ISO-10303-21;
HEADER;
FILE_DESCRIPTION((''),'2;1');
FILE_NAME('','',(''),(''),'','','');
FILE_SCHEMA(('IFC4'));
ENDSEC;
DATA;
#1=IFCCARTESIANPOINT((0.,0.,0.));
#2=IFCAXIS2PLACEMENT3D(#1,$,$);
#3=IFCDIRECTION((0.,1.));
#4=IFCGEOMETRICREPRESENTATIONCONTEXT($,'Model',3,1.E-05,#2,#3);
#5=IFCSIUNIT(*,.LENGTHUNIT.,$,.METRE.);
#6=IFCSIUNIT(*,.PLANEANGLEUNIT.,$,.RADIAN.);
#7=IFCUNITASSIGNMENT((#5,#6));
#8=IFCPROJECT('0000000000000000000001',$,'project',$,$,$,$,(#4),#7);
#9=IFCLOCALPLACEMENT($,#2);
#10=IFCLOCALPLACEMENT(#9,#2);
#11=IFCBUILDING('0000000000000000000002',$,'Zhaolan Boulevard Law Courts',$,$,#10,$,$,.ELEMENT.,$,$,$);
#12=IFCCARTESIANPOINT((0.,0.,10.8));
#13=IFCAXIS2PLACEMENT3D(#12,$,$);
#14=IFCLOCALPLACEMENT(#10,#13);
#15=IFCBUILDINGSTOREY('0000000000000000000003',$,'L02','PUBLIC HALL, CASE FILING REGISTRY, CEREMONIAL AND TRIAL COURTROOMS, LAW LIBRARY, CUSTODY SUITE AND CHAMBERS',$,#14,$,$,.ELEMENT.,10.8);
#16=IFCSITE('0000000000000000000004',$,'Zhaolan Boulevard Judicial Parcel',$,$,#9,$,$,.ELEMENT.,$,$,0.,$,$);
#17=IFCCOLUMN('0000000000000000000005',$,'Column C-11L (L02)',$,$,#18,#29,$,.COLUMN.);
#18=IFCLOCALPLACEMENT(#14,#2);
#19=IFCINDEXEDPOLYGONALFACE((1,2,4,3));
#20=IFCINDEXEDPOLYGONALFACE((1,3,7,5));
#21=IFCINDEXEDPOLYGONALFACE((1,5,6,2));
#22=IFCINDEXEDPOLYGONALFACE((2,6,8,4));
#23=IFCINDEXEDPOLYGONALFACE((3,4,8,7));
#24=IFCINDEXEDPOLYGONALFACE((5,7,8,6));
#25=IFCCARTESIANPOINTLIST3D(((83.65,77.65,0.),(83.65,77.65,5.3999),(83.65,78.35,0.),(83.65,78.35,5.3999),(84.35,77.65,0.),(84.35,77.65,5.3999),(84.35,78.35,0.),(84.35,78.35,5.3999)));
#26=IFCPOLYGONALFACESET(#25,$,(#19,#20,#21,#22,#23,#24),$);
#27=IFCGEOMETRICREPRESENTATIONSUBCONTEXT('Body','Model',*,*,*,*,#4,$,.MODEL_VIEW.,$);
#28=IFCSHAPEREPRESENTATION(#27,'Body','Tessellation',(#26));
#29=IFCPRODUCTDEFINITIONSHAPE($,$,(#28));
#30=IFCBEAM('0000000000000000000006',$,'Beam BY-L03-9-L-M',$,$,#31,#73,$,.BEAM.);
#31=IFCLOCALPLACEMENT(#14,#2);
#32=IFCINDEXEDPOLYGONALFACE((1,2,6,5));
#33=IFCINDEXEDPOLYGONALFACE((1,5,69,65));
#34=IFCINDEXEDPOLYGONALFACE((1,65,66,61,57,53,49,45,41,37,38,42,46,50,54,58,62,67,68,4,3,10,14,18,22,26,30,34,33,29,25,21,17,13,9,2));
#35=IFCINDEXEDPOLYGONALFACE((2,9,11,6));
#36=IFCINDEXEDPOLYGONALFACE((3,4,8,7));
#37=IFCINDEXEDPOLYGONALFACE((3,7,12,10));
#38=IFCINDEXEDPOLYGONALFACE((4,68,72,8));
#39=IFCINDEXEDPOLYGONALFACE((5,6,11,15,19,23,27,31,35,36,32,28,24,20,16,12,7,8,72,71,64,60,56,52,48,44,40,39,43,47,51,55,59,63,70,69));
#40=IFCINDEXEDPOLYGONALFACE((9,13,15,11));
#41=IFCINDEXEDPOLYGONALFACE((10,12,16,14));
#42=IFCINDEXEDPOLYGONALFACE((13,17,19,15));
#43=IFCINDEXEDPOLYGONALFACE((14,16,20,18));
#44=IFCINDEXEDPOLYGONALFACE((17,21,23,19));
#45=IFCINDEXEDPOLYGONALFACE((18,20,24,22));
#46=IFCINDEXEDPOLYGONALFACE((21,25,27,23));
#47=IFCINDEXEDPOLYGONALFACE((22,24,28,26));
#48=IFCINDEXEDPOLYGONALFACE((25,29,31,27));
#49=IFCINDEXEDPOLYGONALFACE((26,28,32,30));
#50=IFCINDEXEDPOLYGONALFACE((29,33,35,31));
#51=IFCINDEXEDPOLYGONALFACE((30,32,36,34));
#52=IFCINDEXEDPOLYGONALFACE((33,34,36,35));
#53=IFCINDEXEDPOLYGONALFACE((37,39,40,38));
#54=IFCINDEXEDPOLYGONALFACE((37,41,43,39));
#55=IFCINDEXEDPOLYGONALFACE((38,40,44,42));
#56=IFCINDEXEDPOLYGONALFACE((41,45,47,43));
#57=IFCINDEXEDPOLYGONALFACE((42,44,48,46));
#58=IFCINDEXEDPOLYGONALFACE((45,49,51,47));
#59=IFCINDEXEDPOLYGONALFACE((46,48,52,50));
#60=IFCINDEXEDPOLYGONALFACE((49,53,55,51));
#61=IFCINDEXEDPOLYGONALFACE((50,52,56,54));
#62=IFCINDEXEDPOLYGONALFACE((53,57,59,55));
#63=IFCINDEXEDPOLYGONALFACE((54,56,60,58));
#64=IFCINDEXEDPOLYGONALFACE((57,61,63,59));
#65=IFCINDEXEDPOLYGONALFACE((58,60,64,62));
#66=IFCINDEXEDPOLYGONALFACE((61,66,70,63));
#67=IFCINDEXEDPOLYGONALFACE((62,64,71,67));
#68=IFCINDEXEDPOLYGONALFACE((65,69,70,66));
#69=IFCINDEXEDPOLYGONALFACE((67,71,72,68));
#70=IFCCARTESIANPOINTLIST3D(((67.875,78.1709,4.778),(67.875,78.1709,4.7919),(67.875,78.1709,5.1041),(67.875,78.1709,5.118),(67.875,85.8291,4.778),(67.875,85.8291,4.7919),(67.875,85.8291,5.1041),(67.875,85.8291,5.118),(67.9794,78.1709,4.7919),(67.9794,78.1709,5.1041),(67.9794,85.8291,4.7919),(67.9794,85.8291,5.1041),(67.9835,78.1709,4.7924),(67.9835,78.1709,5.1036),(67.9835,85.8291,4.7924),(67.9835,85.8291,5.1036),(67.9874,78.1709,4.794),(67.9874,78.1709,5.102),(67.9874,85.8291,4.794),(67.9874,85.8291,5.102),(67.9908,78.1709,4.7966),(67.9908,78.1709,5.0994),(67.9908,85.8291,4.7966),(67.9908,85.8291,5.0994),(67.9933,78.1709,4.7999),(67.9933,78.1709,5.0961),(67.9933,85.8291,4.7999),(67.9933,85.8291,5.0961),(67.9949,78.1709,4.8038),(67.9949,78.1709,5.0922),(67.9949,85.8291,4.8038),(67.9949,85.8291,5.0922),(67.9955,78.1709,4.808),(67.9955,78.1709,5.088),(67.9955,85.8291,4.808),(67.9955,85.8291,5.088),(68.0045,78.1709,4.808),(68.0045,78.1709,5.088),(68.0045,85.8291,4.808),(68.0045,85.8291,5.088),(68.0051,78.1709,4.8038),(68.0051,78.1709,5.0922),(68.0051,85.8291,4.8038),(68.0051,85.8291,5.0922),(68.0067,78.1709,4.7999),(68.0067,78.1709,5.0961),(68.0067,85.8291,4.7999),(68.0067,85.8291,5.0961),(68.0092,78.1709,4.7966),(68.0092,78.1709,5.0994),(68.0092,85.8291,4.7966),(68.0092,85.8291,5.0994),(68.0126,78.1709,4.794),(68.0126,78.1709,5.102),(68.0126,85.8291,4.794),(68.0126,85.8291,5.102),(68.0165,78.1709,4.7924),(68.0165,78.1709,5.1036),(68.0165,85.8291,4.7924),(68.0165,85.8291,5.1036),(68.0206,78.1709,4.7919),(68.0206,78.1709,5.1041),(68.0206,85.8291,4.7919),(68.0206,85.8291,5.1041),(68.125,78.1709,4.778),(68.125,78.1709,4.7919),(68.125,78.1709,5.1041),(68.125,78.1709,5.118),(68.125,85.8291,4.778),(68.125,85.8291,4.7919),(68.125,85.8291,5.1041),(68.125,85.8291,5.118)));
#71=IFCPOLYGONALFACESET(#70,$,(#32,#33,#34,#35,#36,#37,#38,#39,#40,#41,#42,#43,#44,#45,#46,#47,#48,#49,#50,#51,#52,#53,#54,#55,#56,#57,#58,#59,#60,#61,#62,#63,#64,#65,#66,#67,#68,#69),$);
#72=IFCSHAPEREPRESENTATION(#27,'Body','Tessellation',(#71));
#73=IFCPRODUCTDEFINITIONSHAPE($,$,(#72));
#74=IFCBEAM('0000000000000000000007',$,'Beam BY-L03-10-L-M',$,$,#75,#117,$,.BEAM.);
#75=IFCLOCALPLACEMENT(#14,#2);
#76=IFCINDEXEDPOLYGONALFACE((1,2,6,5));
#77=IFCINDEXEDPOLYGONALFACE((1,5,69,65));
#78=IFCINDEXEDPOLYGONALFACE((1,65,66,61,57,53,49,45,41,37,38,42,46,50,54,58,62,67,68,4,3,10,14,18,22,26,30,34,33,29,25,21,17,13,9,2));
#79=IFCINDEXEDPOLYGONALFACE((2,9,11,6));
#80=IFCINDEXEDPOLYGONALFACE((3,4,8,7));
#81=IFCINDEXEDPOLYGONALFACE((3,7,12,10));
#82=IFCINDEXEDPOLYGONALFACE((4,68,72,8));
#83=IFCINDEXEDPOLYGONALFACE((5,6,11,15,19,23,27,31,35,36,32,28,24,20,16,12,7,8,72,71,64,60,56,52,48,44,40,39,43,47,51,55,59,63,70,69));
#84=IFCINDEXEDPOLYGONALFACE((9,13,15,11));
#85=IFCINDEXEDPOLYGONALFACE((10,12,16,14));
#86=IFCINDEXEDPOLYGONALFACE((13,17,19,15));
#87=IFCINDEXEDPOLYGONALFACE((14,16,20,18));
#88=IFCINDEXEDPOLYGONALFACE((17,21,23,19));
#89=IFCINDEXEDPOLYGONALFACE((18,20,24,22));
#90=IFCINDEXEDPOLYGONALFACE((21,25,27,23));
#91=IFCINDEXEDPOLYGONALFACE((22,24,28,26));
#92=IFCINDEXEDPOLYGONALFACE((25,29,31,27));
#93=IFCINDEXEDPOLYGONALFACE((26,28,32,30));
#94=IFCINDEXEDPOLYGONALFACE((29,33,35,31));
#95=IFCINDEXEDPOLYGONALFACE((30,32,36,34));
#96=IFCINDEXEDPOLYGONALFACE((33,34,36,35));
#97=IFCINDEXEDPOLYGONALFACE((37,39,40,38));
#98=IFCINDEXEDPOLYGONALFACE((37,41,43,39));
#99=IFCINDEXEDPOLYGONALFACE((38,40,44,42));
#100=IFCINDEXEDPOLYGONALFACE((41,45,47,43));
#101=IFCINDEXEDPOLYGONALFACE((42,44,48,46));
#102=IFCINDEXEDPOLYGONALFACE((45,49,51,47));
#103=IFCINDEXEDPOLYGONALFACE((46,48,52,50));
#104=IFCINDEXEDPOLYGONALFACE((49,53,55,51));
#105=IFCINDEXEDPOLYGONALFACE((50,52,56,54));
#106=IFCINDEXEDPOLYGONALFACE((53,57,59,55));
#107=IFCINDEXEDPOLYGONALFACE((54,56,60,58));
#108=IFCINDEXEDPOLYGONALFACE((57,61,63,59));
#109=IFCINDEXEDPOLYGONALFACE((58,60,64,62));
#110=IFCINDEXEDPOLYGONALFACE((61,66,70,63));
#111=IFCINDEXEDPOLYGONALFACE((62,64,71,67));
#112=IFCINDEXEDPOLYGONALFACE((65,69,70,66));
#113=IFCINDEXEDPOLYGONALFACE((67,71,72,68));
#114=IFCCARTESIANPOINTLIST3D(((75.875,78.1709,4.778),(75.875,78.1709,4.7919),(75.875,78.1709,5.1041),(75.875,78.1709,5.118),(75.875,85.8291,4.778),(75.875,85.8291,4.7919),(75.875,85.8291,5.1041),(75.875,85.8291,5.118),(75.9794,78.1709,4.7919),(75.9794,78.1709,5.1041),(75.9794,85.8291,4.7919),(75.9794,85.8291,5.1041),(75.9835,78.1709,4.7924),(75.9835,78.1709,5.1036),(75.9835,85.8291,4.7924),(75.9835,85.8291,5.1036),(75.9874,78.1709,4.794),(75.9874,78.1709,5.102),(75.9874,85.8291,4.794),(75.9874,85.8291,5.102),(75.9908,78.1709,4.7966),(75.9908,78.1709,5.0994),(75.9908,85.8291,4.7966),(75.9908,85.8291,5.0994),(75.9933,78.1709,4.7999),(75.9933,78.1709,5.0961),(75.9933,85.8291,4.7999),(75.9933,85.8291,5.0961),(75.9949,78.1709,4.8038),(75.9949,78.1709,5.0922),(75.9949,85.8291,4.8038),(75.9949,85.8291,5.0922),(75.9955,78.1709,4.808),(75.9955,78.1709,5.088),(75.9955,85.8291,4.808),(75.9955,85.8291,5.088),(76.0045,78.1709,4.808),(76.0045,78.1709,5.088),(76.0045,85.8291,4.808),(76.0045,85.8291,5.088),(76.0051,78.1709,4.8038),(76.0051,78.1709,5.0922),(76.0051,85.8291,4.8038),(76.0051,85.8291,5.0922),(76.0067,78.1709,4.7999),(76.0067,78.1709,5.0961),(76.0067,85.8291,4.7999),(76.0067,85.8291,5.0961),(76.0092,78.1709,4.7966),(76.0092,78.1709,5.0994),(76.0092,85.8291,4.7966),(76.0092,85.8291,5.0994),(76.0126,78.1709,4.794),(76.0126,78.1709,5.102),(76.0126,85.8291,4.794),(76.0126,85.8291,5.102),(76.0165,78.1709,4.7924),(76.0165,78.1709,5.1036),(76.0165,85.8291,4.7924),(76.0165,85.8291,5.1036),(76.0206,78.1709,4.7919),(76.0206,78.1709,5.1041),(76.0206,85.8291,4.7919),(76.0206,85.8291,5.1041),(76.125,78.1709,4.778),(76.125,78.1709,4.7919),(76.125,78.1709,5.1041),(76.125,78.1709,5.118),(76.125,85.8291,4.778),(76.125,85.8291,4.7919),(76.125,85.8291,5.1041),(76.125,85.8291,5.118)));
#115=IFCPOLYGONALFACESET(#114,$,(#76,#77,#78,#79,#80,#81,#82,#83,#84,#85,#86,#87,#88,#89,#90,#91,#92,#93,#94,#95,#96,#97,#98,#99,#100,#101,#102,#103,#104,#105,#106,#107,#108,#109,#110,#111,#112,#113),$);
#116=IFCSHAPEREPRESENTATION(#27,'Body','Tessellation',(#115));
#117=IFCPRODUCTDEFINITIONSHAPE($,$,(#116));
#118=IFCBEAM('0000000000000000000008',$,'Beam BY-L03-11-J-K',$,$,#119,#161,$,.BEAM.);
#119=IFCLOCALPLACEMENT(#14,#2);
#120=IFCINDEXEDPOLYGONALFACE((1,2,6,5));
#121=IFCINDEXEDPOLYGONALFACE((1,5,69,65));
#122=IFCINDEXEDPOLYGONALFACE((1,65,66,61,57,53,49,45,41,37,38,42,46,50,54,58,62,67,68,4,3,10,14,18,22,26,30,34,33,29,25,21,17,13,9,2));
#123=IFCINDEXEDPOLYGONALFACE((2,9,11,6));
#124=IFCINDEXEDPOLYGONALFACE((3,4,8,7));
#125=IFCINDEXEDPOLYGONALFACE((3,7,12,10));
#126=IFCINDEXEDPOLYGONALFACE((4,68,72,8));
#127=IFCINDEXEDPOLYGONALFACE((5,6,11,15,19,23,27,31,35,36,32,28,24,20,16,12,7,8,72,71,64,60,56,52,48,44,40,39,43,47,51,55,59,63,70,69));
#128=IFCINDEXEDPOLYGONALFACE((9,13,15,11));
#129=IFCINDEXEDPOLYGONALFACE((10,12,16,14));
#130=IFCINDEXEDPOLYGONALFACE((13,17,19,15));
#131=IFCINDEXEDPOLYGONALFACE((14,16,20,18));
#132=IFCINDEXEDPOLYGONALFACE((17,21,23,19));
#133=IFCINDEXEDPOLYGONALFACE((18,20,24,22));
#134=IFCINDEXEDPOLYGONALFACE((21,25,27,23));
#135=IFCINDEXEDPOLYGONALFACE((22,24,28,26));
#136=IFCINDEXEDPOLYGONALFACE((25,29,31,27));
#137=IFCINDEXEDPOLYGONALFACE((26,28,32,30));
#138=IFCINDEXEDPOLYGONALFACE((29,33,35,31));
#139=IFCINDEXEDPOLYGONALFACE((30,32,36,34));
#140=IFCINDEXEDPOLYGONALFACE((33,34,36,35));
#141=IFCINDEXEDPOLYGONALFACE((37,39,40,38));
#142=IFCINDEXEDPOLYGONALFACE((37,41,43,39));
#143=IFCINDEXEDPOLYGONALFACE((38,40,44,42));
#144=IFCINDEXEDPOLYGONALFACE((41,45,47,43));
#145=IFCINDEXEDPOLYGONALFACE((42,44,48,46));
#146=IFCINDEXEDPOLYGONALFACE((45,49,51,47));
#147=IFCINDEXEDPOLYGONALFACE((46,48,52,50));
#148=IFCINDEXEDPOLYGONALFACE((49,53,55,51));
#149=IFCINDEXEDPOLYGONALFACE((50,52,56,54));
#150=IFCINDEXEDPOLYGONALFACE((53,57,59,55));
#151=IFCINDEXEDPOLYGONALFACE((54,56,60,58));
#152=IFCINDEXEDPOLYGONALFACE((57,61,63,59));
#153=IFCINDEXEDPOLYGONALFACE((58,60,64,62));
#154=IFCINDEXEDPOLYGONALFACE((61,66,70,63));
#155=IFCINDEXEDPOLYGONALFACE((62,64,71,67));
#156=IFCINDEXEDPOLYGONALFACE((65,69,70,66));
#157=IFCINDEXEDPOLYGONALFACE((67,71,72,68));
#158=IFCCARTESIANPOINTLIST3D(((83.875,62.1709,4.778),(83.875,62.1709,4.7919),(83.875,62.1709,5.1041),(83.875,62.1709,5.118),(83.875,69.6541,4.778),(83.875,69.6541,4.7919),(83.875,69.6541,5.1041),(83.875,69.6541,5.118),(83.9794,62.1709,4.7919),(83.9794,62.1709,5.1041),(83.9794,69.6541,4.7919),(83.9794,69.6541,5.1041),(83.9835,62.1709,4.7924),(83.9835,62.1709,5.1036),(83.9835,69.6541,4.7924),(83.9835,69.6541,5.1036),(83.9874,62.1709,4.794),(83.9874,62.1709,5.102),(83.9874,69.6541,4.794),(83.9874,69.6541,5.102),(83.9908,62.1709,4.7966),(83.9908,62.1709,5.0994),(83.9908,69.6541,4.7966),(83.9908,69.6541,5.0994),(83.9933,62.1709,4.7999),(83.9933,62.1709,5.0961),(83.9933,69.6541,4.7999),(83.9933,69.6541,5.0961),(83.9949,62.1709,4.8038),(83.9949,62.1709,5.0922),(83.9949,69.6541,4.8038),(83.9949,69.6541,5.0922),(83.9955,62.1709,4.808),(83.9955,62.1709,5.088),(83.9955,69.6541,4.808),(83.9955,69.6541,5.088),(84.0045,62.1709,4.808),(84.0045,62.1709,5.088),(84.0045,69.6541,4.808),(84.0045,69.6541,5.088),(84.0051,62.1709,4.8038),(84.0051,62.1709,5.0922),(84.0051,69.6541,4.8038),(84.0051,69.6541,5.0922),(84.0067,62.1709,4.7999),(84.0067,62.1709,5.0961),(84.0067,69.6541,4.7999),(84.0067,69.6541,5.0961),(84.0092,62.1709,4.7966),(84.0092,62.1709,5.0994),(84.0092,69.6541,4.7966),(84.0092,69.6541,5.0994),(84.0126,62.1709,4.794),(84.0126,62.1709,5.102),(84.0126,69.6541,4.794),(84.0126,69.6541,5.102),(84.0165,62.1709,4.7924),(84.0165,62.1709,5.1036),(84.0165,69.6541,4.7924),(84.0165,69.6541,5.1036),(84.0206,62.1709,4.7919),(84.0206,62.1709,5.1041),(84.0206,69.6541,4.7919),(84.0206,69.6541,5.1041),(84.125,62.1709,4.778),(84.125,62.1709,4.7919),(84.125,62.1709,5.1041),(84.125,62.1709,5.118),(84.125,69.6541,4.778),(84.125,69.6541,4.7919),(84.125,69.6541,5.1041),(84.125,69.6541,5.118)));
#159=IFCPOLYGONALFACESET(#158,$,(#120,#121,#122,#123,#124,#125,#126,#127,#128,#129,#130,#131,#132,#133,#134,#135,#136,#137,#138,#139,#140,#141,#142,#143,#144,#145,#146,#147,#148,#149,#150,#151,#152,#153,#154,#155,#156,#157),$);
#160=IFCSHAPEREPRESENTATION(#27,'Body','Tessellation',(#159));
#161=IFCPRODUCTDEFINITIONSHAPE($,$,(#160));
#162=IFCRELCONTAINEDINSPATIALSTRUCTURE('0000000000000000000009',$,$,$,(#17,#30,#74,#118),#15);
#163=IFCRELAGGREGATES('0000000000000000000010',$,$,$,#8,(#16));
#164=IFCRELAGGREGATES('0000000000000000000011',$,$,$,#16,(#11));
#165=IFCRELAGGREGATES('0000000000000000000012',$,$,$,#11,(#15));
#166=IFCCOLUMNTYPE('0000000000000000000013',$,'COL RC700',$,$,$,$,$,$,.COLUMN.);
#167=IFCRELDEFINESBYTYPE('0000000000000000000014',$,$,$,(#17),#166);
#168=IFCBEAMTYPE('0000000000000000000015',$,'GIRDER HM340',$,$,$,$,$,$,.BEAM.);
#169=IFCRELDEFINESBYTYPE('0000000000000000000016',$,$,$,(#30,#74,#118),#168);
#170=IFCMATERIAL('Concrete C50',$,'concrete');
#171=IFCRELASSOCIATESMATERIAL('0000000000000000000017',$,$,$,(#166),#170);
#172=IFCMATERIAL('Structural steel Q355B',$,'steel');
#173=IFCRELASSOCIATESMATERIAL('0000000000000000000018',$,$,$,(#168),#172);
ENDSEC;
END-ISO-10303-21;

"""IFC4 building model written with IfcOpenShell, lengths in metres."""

from ifc_helpers import new_model, si_unit, direction, frame, origin, origin_2d, place, context, subcontext, project, spatial, rectangle, i_section, extrude, material, material_profile, profile_set, type_object, element, save


model = new_model("IFC4")

# Units and contexts
model_context = context("Model", 3, precision=1e-05, world=origin(), true_north=direction((0.0, 1.0)))
body_context = subcontext(model_context, "Body", "Model", "MODEL_VIEW")
ifc_project = project(units=[si_unit("LENGTHUNIT", "METRE"), si_unit("PLANEANGLEUNIT", "RADIAN")], contexts=[model_context])

# Site, building, storey
site_placement = place(None, origin())
site = spatial("IfcSite", under=ifc_project, at=site_placement, Name="Zhaolan Boulevard Judicial Parcel", CompositionType="ELEMENT", RefElevation=0.0)
building_placement = place(site_placement, origin())
building = spatial("IfcBuilding", under=site, at=building_placement, Name="Zhaolan Boulevard Law Courts", CompositionType="ELEMENT")
storey_placement = place(building_placement, frame((0.0, 0.0, 10.8)))
storey = spatial("IfcBuildingStorey", under=building, at=storey_placement, Name="L02", Description="PUBLIC HALL, CASE FILING REGISTRY, CEREMONIAL AND TRIAL COURTROOMS, LAW LIBRARY, CUSTODY SUITE AND CHAMBERS", CompositionType="ELEMENT", Elevation=10.8)

# Column
ifc_material_1 = material(Name="Concrete C50", Category="concrete")
ifc_material_profile_1 = material_profile(ifc_material_1, rectangle(XDim=0.7, YDim=0.7, at=origin_2d()), Name="RC700x700")
ifc_profile_set_1 = profile_set([ifc_material_profile_1], Name="Concrete C50")
column_type_1 = type_object("IfcColumnType", Name="COL RC700", PredefinedType="COLUMN", material=ifc_profile_set_1)
for number, where, z_axis, x_axis, name in (
    (1, (84.0, 78.0, 0.0), (0.0, 0.0, 1.0), (1.0, 0.0, 0.0), "Column C-11L (L02)"),
):
    element("IfcColumn", number, at=place(storey_placement, frame(where, z_axis=z_axis, x_axis=x_axis)), inside=storey, type_object=column_type_1, Name=name, PredefinedType="COLUMN", context=body_context, shape_type="SweptSolid", body=[
        extrude(rectangle(XDim=0.7, YDim=0.7, at=origin_2d()), origin(), (0.0, 0.0, 1.0), 5.3999),
    ])

# Beams
ifc_material_2 = material(Name="Structural steel Q355B", Category="steel")
ifc_material_profile_2 = material_profile(ifc_material_2, i_section(OverallWidth=0.25, OverallDepth=0.3401, WebThickness=0.009, FlangeThickness=0.0139, FilletRadius=0.0161, at=origin_2d()), Name="HM340x250")
ifc_profile_set_2 = profile_set([ifc_material_profile_2], Name="Structural steel Q355B")
beam_type_1 = type_object("IfcBeamType", Name="GIRDER HM340", PredefinedType="BEAM", material=ifc_profile_set_2)
for number, where, z_axis, x_axis, name in (
    (2, (68.0, 78.1709, 4.948), (0.0, 1.0, 0.0), (-1.0, 0.0, 0.0), "Beam BY-L03-9-L-M"),
    (3, (76.0, 78.1709, 4.948), (0.0, 1.0, 0.0), (-1.0, 0.0, 0.0), "Beam BY-L03-10-L-M"),
):
    element("IfcBeam", number, at=place(storey_placement, frame(where, z_axis=z_axis, x_axis=x_axis)), inside=storey, type_object=beam_type_1, Name=name, PredefinedType="BEAM", context=body_context, shape_type="SweptSolid", body=[
        extrude(i_section(OverallWidth=0.25, OverallDepth=0.3401, WebThickness=0.009, FlangeThickness=0.0139, FilletRadius=0.0161, at=origin_2d()), origin(), (0.0, 0.0, 1.0), 7.6582),
    ])
beam_1_placement = place(storey_placement, frame((84.0, 62.1709, 4.948), z_axis=(0.0, 1.0, 0.0), x_axis=(-1.0, 0.0, 0.0)))
element("IfcBeam", 4, at=beam_1_placement, inside=storey, type_object=beam_type_1, Name="Beam BY-L03-11-J-K", PredefinedType="BEAM", context=body_context, shape_type="SweptSolid", body=[
    extrude(i_section(OverallWidth=0.25, OverallDepth=0.3401, WebThickness=0.009, FlangeThickness=0.0139, FilletRadius=0.0161, at=origin_2d()), origin(), (0.0, 0.0, 1.0), 7.4832),
])

save(model, "model.ifc")
